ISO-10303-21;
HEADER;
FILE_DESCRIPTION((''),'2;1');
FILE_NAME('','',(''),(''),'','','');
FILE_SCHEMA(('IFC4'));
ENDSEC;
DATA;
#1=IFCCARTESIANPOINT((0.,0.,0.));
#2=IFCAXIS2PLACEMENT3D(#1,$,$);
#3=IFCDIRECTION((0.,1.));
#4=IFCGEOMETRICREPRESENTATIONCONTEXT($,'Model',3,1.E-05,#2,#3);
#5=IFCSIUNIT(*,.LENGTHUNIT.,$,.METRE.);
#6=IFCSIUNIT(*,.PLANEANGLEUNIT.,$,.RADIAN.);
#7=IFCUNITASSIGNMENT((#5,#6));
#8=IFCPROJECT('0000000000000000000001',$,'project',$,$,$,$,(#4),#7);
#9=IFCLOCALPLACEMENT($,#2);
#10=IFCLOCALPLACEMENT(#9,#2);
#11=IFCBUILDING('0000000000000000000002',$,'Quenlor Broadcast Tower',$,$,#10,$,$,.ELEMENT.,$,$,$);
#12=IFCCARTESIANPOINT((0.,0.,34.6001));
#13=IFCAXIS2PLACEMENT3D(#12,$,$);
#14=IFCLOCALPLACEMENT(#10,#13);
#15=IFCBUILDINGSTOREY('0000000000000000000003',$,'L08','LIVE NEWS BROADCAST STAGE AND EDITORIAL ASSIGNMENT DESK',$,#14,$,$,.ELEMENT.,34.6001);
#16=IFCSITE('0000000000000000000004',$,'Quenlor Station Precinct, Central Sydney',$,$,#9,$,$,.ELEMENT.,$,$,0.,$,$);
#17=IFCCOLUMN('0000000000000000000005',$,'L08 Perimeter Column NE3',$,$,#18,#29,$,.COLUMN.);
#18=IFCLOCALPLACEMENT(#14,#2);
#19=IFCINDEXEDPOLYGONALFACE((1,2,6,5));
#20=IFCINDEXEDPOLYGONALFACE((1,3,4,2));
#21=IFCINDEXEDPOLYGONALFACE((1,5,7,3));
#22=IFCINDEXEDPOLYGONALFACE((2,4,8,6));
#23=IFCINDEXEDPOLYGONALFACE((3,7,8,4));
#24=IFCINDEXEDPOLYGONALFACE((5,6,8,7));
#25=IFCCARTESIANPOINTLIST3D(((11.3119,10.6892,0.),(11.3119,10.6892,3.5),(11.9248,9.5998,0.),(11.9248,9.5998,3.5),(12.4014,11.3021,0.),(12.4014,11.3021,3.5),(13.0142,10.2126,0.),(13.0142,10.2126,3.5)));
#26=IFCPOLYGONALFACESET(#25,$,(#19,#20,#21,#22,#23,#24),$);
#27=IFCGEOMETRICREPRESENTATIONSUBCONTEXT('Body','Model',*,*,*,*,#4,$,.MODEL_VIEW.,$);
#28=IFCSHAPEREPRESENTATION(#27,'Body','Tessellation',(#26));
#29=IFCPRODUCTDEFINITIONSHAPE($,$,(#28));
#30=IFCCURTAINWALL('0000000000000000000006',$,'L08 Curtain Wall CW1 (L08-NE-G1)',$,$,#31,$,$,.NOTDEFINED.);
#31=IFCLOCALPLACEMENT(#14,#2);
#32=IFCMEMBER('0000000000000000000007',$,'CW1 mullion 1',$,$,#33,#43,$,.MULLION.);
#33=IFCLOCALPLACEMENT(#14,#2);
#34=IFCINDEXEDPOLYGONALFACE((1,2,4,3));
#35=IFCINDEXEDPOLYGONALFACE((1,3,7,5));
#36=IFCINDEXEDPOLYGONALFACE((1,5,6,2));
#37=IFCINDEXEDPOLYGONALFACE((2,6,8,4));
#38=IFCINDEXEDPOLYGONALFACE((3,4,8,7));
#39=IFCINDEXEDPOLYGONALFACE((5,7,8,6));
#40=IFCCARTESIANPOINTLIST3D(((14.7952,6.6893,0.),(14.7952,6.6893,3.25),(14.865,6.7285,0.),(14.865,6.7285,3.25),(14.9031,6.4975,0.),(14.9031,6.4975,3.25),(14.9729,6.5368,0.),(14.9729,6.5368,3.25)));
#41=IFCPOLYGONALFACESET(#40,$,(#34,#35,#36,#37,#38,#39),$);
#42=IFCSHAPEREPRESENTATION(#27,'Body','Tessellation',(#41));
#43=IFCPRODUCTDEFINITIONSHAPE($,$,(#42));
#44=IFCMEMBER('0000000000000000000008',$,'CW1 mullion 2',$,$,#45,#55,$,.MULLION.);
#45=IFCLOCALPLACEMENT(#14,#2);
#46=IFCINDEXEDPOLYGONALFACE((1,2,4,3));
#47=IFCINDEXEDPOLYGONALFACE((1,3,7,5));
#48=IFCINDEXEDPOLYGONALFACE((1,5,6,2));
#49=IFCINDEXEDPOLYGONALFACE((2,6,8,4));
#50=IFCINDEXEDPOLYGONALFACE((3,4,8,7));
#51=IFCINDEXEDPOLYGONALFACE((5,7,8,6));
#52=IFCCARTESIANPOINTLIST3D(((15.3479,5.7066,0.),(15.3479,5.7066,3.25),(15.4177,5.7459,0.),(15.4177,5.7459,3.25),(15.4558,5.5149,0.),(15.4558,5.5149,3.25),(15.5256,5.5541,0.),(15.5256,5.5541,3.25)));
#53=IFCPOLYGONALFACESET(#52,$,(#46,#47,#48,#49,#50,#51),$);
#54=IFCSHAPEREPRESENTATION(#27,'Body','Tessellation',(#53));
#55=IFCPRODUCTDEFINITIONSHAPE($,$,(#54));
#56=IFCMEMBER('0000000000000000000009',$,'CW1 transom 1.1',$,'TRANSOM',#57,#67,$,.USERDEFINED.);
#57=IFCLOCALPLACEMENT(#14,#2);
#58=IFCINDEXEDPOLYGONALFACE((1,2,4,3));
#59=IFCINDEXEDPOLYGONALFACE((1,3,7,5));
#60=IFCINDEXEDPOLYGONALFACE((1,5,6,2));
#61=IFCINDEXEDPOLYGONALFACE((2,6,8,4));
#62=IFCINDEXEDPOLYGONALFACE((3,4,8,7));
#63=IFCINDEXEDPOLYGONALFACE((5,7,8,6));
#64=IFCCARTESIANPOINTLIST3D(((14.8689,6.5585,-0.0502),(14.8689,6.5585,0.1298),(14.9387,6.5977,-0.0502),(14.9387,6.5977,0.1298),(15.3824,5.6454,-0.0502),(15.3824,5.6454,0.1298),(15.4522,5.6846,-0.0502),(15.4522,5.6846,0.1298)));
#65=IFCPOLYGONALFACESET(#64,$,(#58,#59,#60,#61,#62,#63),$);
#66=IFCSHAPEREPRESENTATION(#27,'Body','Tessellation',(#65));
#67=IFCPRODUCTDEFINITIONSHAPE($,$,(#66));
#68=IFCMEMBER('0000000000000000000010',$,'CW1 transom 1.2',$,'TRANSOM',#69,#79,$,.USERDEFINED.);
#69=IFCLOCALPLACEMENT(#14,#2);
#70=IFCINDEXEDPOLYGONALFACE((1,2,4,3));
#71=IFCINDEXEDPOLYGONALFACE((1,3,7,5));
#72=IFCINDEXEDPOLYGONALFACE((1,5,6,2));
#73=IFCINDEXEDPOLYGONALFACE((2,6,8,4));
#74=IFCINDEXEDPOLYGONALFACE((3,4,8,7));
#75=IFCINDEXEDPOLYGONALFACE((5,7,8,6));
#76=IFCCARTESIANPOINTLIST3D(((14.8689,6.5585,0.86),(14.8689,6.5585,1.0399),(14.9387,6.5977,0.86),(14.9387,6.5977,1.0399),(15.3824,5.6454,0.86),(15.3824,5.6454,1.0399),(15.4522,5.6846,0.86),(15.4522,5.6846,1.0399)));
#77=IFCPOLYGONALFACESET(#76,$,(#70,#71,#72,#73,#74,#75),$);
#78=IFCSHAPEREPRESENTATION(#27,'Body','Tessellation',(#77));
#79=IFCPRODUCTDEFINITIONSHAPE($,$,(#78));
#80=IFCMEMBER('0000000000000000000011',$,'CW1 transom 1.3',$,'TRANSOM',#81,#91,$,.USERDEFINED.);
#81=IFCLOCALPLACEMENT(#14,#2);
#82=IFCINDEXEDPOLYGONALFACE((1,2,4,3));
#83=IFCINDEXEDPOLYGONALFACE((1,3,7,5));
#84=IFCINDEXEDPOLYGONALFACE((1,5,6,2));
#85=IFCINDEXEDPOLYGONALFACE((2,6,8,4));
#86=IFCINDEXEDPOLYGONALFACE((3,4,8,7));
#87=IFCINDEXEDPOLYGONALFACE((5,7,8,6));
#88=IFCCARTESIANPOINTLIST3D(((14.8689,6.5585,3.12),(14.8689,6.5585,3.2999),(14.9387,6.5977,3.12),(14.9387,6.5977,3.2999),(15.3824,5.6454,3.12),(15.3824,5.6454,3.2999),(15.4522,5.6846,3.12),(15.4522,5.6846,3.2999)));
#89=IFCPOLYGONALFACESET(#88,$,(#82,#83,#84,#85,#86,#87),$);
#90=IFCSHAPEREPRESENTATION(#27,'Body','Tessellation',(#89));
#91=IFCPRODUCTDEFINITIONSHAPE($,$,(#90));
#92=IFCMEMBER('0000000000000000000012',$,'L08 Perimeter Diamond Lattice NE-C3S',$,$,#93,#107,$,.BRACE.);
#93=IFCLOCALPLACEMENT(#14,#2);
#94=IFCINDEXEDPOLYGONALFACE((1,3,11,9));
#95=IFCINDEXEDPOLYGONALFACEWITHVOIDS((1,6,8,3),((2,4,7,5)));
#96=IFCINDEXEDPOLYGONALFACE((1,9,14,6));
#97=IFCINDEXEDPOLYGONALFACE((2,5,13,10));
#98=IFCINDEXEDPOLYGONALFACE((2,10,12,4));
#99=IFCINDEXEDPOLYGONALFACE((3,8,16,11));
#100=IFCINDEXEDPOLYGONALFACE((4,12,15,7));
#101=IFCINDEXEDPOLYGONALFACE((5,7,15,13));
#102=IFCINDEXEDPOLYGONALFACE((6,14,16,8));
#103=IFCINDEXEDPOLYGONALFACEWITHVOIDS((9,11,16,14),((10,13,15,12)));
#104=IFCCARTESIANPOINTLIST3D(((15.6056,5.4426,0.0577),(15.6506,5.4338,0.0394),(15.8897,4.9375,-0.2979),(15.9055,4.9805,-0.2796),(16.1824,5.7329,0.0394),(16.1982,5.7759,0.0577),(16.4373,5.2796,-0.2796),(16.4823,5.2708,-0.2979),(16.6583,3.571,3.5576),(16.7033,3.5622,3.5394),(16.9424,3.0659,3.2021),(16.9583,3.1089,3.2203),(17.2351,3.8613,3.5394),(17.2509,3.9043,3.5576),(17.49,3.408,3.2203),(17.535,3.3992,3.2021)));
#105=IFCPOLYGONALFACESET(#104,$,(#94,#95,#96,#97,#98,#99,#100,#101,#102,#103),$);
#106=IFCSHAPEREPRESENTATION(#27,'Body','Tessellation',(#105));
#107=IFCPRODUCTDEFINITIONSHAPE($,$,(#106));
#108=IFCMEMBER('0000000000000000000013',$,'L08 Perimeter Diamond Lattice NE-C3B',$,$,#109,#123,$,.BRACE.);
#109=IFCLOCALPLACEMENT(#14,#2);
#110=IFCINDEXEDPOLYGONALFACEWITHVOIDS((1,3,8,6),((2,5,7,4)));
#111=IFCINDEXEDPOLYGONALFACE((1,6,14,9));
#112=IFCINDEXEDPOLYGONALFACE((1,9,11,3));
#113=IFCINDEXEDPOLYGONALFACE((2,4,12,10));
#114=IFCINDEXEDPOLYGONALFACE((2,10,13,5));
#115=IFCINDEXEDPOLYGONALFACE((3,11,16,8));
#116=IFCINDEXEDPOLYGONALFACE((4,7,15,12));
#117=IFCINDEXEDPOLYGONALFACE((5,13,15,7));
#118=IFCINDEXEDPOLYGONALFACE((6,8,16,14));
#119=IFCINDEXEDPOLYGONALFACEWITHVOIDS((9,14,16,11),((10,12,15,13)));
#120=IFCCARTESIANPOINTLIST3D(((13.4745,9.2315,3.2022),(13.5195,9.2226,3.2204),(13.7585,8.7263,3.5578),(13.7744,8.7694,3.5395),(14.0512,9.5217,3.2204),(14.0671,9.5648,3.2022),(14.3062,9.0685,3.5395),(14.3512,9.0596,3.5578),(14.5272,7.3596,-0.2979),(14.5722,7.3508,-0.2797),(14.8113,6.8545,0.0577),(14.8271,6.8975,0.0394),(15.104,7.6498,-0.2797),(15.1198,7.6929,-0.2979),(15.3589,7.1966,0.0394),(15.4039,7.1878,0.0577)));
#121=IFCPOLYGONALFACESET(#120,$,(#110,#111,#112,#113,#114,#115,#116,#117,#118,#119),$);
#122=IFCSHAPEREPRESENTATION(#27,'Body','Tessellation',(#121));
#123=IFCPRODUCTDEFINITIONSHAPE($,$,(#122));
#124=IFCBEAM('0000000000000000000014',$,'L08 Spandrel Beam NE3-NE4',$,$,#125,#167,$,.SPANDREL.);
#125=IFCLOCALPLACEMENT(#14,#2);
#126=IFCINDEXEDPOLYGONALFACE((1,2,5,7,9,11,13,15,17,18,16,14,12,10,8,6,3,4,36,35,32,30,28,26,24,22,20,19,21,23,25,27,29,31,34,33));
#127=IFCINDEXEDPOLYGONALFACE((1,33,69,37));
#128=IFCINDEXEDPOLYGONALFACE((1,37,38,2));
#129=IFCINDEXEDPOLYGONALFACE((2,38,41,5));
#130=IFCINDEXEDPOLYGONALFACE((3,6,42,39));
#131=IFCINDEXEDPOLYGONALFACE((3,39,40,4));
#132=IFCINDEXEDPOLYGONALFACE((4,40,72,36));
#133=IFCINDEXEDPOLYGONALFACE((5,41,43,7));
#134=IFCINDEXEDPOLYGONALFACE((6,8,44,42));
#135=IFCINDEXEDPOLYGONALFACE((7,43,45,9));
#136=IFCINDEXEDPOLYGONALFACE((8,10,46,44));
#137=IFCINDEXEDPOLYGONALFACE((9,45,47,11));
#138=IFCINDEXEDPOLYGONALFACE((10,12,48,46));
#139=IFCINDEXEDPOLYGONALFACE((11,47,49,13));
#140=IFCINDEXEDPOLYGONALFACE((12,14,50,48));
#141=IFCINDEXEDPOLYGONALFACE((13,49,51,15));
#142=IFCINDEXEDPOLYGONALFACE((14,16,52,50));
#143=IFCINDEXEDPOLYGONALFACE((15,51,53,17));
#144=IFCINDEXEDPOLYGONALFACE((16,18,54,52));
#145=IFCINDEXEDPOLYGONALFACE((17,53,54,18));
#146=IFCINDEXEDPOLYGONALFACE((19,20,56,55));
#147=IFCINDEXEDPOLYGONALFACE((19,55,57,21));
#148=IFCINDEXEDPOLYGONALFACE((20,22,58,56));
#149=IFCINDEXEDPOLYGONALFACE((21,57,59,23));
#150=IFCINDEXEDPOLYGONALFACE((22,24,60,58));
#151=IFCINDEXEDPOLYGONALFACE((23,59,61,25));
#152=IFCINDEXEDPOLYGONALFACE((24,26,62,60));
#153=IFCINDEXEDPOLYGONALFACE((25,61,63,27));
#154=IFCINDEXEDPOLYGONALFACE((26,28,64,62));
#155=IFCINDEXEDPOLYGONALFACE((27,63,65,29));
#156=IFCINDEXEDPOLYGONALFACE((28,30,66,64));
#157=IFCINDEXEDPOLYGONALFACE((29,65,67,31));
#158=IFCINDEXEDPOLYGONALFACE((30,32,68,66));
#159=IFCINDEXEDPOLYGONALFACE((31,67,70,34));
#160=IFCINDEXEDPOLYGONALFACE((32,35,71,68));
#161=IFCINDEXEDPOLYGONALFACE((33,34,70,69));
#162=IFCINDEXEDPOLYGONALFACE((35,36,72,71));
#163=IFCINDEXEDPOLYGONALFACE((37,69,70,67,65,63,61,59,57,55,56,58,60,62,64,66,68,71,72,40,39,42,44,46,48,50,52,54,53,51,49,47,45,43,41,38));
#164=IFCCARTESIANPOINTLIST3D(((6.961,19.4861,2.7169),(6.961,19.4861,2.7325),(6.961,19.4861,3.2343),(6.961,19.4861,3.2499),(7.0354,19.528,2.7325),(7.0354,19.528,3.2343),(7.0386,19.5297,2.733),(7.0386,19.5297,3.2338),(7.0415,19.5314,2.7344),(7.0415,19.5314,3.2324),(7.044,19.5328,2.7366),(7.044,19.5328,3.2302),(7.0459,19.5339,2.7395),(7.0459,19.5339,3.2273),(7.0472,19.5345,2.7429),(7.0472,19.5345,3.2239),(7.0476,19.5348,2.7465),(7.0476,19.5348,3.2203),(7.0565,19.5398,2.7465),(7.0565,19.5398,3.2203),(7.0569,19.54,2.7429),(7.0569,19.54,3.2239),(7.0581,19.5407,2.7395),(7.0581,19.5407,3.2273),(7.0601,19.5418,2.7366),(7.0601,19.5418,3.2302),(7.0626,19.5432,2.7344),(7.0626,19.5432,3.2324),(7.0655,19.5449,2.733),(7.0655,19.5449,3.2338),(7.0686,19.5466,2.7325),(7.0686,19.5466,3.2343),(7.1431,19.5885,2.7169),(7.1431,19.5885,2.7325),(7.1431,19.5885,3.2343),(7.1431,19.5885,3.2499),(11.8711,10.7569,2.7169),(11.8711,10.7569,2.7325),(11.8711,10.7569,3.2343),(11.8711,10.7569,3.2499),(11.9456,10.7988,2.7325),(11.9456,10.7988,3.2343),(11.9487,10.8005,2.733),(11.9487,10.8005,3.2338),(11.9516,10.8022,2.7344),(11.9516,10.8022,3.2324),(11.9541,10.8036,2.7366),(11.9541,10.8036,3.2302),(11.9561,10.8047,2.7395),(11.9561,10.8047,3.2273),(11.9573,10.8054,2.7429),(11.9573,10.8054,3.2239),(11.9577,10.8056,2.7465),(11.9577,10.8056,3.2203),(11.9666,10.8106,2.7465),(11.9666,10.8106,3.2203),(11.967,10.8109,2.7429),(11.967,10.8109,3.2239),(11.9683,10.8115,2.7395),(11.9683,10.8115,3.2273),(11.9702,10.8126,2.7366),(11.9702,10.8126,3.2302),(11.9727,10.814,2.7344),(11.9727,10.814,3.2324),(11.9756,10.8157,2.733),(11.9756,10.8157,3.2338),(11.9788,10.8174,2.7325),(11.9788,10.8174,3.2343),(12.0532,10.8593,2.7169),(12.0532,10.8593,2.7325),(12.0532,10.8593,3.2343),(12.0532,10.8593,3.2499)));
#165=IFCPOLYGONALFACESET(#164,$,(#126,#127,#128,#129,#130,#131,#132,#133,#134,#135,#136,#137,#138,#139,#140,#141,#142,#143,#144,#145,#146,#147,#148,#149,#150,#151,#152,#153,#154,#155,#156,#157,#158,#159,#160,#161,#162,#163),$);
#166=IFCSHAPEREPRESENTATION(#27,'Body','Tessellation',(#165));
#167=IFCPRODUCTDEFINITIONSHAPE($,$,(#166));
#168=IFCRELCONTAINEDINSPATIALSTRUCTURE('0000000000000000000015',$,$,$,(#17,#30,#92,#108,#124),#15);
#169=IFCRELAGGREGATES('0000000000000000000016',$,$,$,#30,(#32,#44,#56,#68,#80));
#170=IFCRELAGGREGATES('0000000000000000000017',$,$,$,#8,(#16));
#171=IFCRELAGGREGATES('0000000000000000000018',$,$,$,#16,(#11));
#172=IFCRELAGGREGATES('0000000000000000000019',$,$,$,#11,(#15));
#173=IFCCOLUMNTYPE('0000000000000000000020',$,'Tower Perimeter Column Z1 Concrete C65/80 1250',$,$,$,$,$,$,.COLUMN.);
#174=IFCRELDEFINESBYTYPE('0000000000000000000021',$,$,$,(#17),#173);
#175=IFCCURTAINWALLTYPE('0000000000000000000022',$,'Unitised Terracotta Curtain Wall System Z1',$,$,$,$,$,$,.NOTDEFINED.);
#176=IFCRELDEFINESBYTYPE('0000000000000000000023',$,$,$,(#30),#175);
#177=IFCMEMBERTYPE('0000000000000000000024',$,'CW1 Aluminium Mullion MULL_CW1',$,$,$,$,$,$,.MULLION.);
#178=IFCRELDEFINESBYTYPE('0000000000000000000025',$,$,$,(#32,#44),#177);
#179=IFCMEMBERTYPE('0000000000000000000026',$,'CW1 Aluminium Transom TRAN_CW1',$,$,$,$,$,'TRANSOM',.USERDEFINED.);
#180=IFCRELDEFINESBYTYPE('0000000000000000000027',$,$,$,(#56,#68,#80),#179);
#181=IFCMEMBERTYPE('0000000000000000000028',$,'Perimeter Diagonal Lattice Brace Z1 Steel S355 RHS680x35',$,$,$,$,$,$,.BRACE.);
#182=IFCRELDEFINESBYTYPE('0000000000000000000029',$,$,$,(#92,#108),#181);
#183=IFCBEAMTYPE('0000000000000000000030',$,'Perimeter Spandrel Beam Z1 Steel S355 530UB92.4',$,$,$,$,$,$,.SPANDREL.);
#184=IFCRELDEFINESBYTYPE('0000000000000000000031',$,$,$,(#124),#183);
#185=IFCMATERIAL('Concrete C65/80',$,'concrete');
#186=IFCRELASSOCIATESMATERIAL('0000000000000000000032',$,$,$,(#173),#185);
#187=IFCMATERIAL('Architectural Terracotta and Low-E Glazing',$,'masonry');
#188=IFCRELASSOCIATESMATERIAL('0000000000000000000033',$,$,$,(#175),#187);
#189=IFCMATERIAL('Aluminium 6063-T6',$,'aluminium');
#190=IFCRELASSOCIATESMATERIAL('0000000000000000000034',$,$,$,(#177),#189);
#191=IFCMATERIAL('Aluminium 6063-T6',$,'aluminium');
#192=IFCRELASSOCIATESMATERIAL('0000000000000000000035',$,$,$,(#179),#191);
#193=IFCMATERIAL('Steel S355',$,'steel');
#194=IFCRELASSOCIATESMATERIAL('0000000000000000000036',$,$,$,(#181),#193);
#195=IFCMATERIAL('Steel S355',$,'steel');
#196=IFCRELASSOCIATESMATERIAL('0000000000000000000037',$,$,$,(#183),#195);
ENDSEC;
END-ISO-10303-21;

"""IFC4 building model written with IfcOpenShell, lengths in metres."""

from ifc_helpers import new_model, si_unit, direction, frame, origin, origin_2d, place, context, subcontext, project, spatial, rectangle, hollow_rectangle, i_section, extrude, material, material_profile, profile_set, type_object, element, aggregate, save


model = new_model("IFC4")

# Units and contexts
model_context = context("Model", 3, precision=1e-05, world=origin(), true_north=direction((0.0, 1.0)))
body_context = subcontext(model_context, "Body", "Model", "MODEL_VIEW")
ifc_project = project(units=[si_unit("LENGTHUNIT", "METRE"), si_unit("PLANEANGLEUNIT", "RADIAN")], contexts=[model_context])

# Site, building, storey
site_placement = place(None, origin())
site = spatial("IfcSite", under=ifc_project, at=site_placement, Name="Quenlor Station Precinct, Central Sydney", CompositionType="ELEMENT", RefElevation=0.0)
building_placement = place(site_placement, origin())
building = spatial("IfcBuilding", under=site, at=building_placement, Name="Quenlor Broadcast Tower", CompositionType="ELEMENT")
storey_placement = place(building_placement, frame((0.0, 0.0, 34.6001)))
storey = spatial("IfcBuildingStorey", under=building, at=storey_placement, Name="L08", Description="LIVE NEWS BROADCAST STAGE AND EDITORIAL ASSIGNMENT DESK", CompositionType="ELEMENT", Elevation=34.6001)

# Column
ifc_material_1 = material(Name="Concrete C65/80", Category="concrete")
ifc_material_profile_1 = material_profile(ifc_material_1, rectangle(XDim=1.25, YDim=1.25, at=origin_2d()))
ifc_profile_set_1 = profile_set([ifc_material_profile_1], Name="Concrete C65/80 RC1250x1250")
column_type = type_object("IfcColumnType", Name="Tower Perimeter Column Z1 Concrete C65/80 1250", PredefinedType="COLUMN", material=ifc_profile_set_1)
column_placement = place(storey_placement, frame((12.1631, 10.4509, 0.0), z_axis=(0.0, 0.0, 1.0), x_axis=(0.871575, 0.490262, 0.0)))
element("IfcColumn", 1, at=column_placement, inside=storey, type_object=column_type, Name="L08 Perimeter Column NE3", PredefinedType="COLUMN", context=body_context, shape_type="SweptSolid", body=[
    extrude(rectangle(XDim=1.25, YDim=1.25, at=origin_2d()), origin(), (0.0, 0.0, 1.0), 3.5),
])

# Curtain wall, members
ifc_material_2 = material(Name="Architectural Terracotta and Low-E Glazing", Category="masonry")
curtain_wall_type = type_object("IfcCurtainWallType", Name="Unitised Terracotta Curtain Wall System Z1", PredefinedType="NOTDEFINED", material=ifc_material_2)
curtain_wall_placement = place(storey_placement, origin())
curtain_wall = element("IfcCurtainWall", 2, at=curtain_wall_placement, inside=storey, type_object=curtain_wall_type, Name="L08 Curtain Wall CW1 (L08-NE-G1)", PredefinedType="NOTDEFINED")
ifc_material_3 = material(Name="Aluminium 6063-T6", Category="aluminium")
ifc_material_profile_2 = material_profile(ifc_material_3, rectangle(XDim=0.0801, YDim=0.22, at=origin_2d()))
ifc_profile_set_2 = profile_set([ifc_material_profile_2], Name="Aluminium 6063-T6 MULL80x220")
member_type_1 = type_object("IfcMemberType", Name="CW1 Aluminium Mullion MULL_CW1", PredefinedType="MULLION", material=ifc_profile_set_2)
member_1_placement = place(storey_placement, frame((14.884, 6.613, 0.0), z_axis=(0.0, 0.0, 1.0), x_axis=(0.871567, 0.490277, 0.0)))
member_1 = element("IfcMember", 3, at=member_1_placement, type_object=member_type_1, Name="CW1 mullion 1", PredefinedType="MULLION", context=body_context, shape_type="SweptSolid", body=[
    extrude(rectangle(XDim=0.0801, YDim=0.22, at=origin_2d()), origin(), (0.0, 0.0, 1.0), 3.25),
])
member_2_placement = place(storey_placement, frame((15.4368, 5.6304, 0.0), z_axis=(0.0, 0.0, 1.0), x_axis=(0.871567, 0.490277, 0.0)))
member_2 = element("IfcMember", 4, at=member_2_placement, type_object=member_type_1, Name="CW1 mullion 2", PredefinedType="MULLION", context=body_context, shape_type="SweptSolid", body=[
    extrude(rectangle(XDim=0.0801, YDim=0.22, at=origin_2d()), origin(), (0.0, 0.0, 1.0), 3.25),
])
ifc_material_4 = material(Name="Aluminium 6063-T6", Category="aluminium")
ifc_material_profile_3 = material_profile(ifc_material_4, rectangle(XDim=0.0801, YDim=0.1799, at=origin_2d()))
ifc_profile_set_3 = profile_set([ifc_material_profile_3], Name="Aluminium 6063-T6 TRAN80x180")
member_type_2 = type_object("IfcMemberType", Name="CW1 Aluminium Transom TRAN_CW1", ElementType="TRANSOM", PredefinedType="USERDEFINED", material=ifc_profile_set_3)
member_3_placement = place(storey_placement, frame((14.9038, 6.5781, 0.0398), z_axis=(0.490128, -0.87165, 0.0), x_axis=(0.87165, 0.490128, 0.0)))
member_3 = element("IfcMember", 5, at=member_3_placement, type_object=member_type_2, Name="CW1 transom 1.1", ObjectType="TRANSOM", PredefinedType="USERDEFINED", context=body_context, shape_type="SweptSolid", body=[
    extrude(rectangle(XDim=0.0801, YDim=0.1799, at=origin_2d()), origin(), (0.0, 0.0, 1.0), 1.0476),
])
member_4_placement = place(storey_placement, frame((14.9038, 6.5781, 0.95), z_axis=(0.490128, -0.87165, 0.0), x_axis=(0.87165, 0.490128, 0.0)))
member_4 = element("IfcMember", 6, at=member_4_placement, type_object=member_type_2, Name="CW1 transom 1.2", ObjectType="TRANSOM", PredefinedType="USERDEFINED", context=body_context, shape_type="SweptSolid", body=[
    extrude(rectangle(XDim=0.0801, YDim=0.1799, at=origin_2d()), origin(), (0.0, 0.0, 1.0), 1.0476),
])
member_5_placement = place(storey_placement, frame((14.9038, 6.5781, 3.21), z_axis=(0.490128, -0.87165, 0.0), x_axis=(0.87165, 0.490128, 0.0)))
member_5 = element("IfcMember", 7, at=member_5_placement, type_object=member_type_2, Name="CW1 transom 1.3", ObjectType="TRANSOM", PredefinedType="USERDEFINED", context=body_context, shape_type="SweptSolid", body=[
    extrude(rectangle(XDim=0.0801, YDim=0.1799, at=origin_2d()), origin(), (0.0, 0.0, 1.0), 1.0476),
])

# Members
ifc_material_5 = material(Name="Steel S355", Category="steel")
ifc_material_profile_4 = material_profile(ifc_material_5, hollow_rectangle(XDim=0.6799, YDim=0.6799, WallThickness=0.0349, at=origin_2d()))
ifc_profile_set_4 = profile_set([ifc_material_profile_4], Name="Steel S355 RHS680x680x35")
member_type_3 = type_object("IfcMemberType", Name="Perimeter Diagonal Lattice Brace Z1 Steel S355 RHS680x35", PredefinedType="BRACE", material=ifc_profile_set_4)
member_6_placement = place(storey_placement, frame((16.0439, 5.3567, -0.1201), z_axis=(0.256375, -0.455792, 0.852365), x_axis=(0.871582, 0.49025, 0.0)))
element("IfcMember", 8, at=member_6_placement, inside=storey, type_object=member_type_3, Name="L08 Perimeter Diamond Lattice NE-C3S", PredefinedType="BRACE", context=body_context, shape_type="SweptSolid", body=[
    extrude(hollow_rectangle(XDim=0.6799, YDim=0.6799, WallThickness=0.0349, at=origin_2d()), origin(), (0.0, 0.0, 1.0), 4.1062),
])
member_7_placement = place(storey_placement, frame((14.9656, 7.2737, -0.1201), z_axis=(-0.256368, 0.455839, 0.852342), x_axis=(-0.871609, -0.490202, 0.0)))
element("IfcMember", 9, at=member_7_placement, inside=storey, type_object=member_type_3, Name="L08 Perimeter Diamond Lattice NE-C3B", PredefinedType="BRACE", context=body_context, shape_type="SweptSolid", body=[
    extrude(hollow_rectangle(XDim=0.6799, YDim=0.6799, WallThickness=0.0349, at=origin_2d()), origin(), (0.0, 0.0, 1.0), 4.1064),
])

# Beam
ifc_material_6 = material(Name="Steel S355", Category="steel")
ifc_material_profile_5 = material_profile(ifc_material_6, i_section(OverallWidth=0.209, OverallDepth=0.533, WebThickness=0.0103, FlangeThickness=0.0156, FilletRadius=0.0139, at=origin_2d()))
ifc_profile_set_5 = profile_set([ifc_material_profile_5], Name="Steel S355 530UB92.4")
beam_type_1 = type_object("IfcBeamType", Name="Perimeter Spandrel Beam Z1 Steel S355 530UB92.4", PredefinedType="SPANDREL", material=ifc_profile_set_5)
beam_1_placement = place(storey_placement, frame((11.9622, 10.8081, 2.9834), z_axis=(-0.490258, 0.871577, 0.0), x_axis=(-0.871577, -0.490258, 0.0)))
element("IfcBeam", 10, at=beam_1_placement, inside=storey, type_object=beam_type_1, Name="L08 Spandrel Beam NE3-NE4", PredefinedType="SPANDREL", context=body_context, shape_type="SweptSolid", body=[
    extrude(i_section(OverallWidth=0.209, OverallDepth=0.533, WebThickness=0.0103, FlangeThickness=0.0156, FilletRadius=0.0139, at=origin_2d()), origin(), (0.0, 0.0, 1.0), 10.0154),
])

aggregate(curtain_wall, [member_1, member_2, member_3, member_4, member_5])

save(model, "model.ifc")
